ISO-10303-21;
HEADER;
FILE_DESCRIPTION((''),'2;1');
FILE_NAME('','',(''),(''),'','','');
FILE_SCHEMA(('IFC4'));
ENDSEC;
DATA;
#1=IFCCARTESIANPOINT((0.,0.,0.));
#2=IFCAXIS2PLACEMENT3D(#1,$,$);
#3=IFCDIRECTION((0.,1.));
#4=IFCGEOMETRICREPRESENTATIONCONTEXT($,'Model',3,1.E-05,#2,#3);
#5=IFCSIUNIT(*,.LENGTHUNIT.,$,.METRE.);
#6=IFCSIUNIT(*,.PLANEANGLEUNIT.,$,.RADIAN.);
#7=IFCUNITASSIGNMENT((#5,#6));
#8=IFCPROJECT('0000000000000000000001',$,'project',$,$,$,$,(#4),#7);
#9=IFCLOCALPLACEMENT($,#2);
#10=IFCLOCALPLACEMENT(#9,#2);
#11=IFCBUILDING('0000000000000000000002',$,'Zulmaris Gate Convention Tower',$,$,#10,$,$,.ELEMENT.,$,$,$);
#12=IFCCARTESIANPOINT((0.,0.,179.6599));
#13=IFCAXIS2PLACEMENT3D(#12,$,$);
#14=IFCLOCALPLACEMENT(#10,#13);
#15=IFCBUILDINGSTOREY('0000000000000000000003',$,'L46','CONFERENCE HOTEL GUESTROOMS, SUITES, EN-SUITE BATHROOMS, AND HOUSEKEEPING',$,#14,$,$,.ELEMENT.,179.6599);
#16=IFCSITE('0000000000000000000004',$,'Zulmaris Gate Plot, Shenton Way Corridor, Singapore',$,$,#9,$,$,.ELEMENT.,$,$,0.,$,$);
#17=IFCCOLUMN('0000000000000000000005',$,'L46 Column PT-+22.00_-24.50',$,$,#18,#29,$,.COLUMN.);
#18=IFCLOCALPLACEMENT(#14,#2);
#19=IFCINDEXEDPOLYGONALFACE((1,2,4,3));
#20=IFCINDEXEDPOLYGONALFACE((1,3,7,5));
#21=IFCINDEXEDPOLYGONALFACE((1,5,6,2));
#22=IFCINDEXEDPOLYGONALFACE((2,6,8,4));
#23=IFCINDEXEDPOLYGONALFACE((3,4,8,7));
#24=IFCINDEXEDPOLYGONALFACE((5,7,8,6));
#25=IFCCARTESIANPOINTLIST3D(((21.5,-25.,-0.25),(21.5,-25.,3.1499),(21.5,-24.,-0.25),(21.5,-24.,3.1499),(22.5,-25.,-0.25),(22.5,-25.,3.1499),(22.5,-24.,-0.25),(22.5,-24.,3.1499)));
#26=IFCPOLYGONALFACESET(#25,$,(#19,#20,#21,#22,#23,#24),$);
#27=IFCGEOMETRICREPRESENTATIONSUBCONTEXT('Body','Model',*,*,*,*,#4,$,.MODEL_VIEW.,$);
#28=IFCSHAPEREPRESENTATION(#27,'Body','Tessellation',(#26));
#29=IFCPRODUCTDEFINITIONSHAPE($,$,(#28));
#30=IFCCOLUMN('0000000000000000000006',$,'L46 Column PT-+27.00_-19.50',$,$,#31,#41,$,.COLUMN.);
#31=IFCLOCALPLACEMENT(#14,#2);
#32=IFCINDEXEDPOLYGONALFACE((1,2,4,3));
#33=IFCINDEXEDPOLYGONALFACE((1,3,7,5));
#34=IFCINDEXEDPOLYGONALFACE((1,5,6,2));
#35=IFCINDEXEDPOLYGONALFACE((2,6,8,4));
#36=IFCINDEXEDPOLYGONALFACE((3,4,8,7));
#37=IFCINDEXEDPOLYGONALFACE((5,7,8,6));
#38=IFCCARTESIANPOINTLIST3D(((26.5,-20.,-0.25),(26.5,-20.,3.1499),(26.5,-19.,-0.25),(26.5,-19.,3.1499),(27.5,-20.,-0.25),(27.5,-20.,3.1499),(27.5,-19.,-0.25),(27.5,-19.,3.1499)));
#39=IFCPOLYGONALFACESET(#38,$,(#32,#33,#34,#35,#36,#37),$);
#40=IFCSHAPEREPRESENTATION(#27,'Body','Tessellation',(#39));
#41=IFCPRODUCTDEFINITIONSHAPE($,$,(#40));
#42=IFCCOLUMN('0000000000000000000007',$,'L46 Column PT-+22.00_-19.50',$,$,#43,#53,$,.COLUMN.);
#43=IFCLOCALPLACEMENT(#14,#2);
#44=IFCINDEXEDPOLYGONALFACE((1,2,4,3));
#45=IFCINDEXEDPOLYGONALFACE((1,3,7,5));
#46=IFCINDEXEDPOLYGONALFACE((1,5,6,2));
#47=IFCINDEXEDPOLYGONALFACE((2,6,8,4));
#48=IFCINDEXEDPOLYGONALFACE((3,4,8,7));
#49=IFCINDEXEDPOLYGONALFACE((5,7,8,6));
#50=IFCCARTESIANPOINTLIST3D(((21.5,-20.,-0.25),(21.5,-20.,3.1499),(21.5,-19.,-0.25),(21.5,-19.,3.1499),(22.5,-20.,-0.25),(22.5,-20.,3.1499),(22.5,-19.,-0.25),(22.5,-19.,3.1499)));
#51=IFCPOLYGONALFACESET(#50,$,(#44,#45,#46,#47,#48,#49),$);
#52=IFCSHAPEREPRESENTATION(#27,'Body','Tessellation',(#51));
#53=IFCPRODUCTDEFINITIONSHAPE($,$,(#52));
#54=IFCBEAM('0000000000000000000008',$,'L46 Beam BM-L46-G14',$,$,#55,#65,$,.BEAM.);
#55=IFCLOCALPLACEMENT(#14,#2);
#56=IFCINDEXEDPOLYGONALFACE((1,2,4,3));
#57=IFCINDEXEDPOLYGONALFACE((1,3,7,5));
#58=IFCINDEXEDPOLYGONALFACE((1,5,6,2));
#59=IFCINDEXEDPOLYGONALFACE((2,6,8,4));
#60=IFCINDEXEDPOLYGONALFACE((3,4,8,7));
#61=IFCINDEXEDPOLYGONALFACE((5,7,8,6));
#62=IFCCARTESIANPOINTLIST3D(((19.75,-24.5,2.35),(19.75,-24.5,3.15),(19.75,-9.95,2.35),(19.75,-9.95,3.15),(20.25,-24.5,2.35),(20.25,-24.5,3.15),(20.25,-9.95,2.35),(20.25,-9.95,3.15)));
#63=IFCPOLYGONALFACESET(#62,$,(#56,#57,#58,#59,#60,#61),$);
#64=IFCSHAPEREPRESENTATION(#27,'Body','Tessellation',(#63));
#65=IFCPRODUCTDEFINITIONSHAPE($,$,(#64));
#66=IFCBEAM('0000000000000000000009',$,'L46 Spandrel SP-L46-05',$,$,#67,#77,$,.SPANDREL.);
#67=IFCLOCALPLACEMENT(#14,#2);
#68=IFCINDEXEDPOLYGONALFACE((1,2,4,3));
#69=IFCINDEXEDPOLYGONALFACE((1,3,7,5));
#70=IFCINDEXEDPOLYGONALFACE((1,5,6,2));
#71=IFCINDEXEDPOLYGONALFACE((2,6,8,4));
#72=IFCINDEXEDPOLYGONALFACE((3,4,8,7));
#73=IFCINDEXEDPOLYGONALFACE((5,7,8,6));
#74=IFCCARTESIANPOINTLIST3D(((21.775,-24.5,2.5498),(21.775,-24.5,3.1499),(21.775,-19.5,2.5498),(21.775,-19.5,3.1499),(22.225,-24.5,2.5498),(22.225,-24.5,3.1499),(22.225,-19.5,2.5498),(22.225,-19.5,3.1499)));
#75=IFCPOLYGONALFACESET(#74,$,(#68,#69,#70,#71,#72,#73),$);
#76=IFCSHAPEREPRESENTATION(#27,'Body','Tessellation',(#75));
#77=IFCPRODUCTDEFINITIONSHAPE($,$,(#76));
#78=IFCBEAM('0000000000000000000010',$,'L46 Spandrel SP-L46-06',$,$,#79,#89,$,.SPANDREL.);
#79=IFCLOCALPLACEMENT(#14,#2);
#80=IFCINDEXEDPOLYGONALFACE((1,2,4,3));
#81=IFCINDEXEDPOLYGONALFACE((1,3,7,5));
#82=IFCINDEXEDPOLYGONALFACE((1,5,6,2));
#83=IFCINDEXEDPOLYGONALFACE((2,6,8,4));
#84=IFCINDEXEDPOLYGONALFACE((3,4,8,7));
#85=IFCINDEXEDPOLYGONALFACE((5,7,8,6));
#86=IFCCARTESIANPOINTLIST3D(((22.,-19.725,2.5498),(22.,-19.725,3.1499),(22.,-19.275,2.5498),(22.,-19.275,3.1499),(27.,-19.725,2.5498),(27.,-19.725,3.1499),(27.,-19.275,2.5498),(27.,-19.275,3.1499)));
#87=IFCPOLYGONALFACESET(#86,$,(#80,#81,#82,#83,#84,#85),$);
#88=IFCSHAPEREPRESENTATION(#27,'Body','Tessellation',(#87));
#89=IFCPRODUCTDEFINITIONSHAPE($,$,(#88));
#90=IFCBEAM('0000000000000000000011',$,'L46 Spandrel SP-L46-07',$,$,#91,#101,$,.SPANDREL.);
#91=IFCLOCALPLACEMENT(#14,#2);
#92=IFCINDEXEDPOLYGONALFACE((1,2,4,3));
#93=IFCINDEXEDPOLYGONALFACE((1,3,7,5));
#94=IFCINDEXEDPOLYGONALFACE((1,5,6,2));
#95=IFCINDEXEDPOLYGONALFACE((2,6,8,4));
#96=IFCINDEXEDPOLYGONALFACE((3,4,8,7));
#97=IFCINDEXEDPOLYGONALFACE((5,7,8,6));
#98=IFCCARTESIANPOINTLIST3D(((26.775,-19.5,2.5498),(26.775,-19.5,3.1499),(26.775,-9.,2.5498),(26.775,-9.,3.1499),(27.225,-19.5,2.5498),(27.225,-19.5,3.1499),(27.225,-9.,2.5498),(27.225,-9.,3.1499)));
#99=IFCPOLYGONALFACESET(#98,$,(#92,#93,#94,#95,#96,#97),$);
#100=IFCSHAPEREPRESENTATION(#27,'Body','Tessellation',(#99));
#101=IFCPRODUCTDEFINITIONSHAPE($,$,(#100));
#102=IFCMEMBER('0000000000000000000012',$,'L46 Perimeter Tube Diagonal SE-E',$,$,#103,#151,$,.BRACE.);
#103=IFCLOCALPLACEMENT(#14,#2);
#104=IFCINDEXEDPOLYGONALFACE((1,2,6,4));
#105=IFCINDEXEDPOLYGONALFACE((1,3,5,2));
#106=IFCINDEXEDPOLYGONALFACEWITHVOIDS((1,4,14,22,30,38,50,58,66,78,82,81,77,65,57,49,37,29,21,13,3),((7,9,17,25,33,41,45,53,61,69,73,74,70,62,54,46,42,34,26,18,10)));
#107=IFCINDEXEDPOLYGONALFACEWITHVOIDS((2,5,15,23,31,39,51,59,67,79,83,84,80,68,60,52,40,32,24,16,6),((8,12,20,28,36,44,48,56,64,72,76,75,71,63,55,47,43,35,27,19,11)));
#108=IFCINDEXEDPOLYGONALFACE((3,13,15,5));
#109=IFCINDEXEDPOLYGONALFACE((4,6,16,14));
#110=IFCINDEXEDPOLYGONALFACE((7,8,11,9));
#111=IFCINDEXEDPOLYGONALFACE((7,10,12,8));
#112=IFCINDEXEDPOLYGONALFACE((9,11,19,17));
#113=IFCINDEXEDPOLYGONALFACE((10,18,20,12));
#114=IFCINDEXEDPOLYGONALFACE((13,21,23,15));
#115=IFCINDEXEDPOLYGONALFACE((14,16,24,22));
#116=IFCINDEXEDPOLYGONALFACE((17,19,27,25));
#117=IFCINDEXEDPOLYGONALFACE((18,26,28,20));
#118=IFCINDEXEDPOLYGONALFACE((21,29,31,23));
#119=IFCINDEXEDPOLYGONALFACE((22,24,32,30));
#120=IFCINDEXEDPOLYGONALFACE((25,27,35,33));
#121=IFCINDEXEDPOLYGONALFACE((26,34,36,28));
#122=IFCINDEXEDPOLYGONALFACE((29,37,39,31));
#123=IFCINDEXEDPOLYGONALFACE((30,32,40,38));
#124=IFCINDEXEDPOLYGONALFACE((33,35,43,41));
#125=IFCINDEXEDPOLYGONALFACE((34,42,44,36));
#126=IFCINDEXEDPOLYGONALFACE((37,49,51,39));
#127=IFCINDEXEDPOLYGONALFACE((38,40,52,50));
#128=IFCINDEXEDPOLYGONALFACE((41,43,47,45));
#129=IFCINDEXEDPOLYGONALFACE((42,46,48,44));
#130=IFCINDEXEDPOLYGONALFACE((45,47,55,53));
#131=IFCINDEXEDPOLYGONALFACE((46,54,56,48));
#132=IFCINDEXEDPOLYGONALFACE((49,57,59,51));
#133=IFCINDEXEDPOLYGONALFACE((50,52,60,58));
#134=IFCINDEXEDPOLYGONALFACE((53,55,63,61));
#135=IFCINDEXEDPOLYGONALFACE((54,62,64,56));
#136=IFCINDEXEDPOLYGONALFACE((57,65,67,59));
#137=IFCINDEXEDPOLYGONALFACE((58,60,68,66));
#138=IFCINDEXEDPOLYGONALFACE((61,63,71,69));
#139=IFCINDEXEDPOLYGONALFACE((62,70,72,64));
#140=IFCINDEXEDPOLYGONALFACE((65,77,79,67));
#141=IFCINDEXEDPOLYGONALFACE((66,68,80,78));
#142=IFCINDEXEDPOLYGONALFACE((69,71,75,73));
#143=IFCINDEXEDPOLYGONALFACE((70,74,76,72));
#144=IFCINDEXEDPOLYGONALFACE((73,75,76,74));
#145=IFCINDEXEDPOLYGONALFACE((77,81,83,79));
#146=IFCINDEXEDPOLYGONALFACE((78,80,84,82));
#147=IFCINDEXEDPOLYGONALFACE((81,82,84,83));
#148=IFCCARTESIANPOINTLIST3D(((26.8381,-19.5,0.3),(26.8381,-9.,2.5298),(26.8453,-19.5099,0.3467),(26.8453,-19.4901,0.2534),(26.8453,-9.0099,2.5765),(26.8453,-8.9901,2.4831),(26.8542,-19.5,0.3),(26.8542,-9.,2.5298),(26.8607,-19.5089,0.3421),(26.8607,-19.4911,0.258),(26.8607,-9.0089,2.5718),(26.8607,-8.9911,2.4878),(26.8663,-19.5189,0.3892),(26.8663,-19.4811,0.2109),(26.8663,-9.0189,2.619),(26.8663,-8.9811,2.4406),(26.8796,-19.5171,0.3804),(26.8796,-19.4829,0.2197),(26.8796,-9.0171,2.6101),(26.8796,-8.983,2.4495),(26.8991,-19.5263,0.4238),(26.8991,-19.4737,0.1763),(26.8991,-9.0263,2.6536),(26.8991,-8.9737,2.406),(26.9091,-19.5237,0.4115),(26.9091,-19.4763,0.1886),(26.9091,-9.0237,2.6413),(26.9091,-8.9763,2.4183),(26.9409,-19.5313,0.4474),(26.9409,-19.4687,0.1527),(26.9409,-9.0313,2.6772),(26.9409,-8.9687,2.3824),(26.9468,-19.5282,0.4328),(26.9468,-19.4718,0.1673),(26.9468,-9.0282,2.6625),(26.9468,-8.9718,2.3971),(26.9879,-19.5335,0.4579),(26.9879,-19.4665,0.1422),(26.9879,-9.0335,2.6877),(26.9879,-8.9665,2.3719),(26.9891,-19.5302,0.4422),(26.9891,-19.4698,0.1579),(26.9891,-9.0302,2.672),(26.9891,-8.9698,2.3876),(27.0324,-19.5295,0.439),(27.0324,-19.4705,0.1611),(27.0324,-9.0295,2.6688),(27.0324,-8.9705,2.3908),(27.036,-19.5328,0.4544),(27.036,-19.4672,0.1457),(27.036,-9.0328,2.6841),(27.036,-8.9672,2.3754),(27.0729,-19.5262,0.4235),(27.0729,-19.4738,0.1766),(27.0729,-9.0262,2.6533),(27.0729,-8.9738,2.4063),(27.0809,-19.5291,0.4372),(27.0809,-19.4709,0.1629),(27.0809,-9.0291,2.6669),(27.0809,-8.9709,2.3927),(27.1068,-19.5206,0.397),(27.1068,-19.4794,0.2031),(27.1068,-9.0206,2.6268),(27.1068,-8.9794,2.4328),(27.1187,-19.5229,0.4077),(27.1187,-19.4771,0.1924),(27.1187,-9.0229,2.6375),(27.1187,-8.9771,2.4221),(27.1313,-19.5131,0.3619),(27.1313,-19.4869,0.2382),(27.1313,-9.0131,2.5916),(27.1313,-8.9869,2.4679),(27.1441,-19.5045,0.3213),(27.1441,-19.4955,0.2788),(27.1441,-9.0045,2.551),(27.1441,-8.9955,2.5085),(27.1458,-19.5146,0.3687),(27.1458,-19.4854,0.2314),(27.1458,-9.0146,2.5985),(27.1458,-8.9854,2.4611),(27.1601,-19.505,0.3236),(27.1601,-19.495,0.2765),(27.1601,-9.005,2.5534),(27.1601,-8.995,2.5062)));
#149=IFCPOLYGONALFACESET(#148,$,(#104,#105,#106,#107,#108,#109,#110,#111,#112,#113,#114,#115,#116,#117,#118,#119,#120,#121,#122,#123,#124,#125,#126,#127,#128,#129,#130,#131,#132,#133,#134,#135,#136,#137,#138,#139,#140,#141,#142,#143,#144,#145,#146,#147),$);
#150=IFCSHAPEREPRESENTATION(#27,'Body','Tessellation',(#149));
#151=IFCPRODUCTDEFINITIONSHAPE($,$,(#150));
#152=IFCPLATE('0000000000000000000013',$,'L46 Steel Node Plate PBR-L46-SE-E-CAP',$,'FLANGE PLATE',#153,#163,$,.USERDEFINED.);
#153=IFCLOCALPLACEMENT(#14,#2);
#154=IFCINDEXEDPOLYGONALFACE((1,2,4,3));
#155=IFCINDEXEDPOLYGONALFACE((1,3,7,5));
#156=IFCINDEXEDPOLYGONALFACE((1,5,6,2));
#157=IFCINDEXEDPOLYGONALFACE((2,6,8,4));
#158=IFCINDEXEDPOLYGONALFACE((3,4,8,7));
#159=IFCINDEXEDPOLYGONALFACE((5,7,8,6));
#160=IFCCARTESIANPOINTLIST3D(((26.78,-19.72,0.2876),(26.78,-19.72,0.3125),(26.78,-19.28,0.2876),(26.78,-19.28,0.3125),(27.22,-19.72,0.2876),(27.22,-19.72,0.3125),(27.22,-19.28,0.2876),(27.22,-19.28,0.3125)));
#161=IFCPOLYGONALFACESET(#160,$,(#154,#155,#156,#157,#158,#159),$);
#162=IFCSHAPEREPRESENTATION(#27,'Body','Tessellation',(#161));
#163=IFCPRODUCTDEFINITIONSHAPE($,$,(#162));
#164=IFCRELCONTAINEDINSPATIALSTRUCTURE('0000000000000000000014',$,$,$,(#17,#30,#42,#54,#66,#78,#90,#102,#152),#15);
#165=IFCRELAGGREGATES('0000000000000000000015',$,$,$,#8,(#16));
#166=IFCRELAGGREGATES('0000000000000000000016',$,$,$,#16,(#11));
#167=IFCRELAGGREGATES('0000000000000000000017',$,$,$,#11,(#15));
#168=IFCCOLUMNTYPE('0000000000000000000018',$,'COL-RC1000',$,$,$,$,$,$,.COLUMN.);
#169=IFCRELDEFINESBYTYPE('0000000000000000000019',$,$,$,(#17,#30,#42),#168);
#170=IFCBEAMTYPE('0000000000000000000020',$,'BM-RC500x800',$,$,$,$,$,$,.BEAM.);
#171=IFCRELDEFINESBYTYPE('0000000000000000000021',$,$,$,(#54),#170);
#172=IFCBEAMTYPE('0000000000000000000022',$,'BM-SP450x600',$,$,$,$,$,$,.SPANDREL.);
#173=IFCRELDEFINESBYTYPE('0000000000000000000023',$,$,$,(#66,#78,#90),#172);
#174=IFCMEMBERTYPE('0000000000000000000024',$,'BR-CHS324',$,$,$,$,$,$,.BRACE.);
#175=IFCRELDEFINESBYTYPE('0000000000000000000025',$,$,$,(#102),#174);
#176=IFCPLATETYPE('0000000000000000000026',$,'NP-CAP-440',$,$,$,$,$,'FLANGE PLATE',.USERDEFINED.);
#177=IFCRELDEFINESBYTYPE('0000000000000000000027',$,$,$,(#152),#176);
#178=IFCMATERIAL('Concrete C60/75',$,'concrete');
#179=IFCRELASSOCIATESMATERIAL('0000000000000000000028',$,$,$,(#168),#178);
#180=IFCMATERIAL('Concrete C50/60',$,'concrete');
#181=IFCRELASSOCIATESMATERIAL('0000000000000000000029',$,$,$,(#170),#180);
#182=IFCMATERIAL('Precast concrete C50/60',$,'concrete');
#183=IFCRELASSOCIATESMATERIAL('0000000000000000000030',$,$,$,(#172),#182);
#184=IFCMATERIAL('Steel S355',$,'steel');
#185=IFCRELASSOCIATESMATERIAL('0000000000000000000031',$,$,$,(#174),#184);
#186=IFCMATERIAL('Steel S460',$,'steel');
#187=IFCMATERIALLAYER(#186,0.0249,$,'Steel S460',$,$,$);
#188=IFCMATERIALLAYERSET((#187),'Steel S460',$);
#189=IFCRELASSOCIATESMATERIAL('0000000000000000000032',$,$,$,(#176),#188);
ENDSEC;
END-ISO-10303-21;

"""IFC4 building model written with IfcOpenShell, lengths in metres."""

from ifc_helpers import new_model, si_unit, direction, frame, origin, origin_2d, place, context, subcontext, project, spatial, rectangle, hollow_circle, extrude, material, layer, layer_set, material_profile, profile_set, type_object, element, save


model = new_model("IFC4")

# Units and contexts
model_context = context("Model", 3, precision=1e-05, world=origin(), true_north=direction((0.0, 1.0)))
body_context = subcontext(model_context, "Body", "Model", "MODEL_VIEW")
ifc_project = project(units=[si_unit("LENGTHUNIT", "METRE"), si_unit("PLANEANGLEUNIT", "RADIAN")], contexts=[model_context])

# Site, building, storey
site_placement = place(None, origin())
site = spatial("IfcSite", under=ifc_project, at=site_placement, Name="Zulmaris Gate Plot, Shenton Way Corridor, Singapore", CompositionType="ELEMENT", RefElevation=0.0)
building_placement = place(site_placement, origin())
building = spatial("IfcBuilding", under=site, at=building_placement, Name="Zulmaris Gate Convention Tower", CompositionType="ELEMENT")
storey_placement = place(building_placement, frame((0.0, 0.0, 179.6599)))
storey = spatial("IfcBuildingStorey", under=building, at=storey_placement, Name="L46", Description="CONFERENCE HOTEL GUESTROOMS, SUITES, EN-SUITE BATHROOMS, AND HOUSEKEEPING", CompositionType="ELEMENT", Elevation=179.6599)

# Columns
ifc_material_1 = material(Name="Concrete C60/75", Category="concrete")
ifc_material_profile_1 = material_profile(ifc_material_1, rectangle(XDim=1.0, YDim=1.0, at=origin_2d()), Name="RC COL 1000x1000")
ifc_profile_set_1 = profile_set([ifc_material_profile_1], Name="Concrete C60/75")
column_type = type_object("IfcColumnType", Name="COL-RC1000", PredefinedType="COLUMN", material=ifc_profile_set_1)
for number, where, z_axis, x_axis, name in (
    (1, (22.0, -24.5, -0.25), (0.0, 0.0, 1.0), (1.0, 0.0, 0.0), "L46 Column PT-+22.00_-24.50"),
    (2, (27.0, -19.5, -0.25), (0.0, 0.0, 1.0), (1.0, 0.0, 0.0), "L46 Column PT-+27.00_-19.50"),
    (3, (22.0, -19.5, -0.25), (0.0, 0.0, 1.0), (1.0, 0.0, 0.0), "L46 Column PT-+22.00_-19.50"),
):
    element("IfcColumn", number, at=place(storey_placement, frame(where, z_axis=z_axis, x_axis=x_axis)), inside=storey, type_object=column_type, Name=name, PredefinedType="COLUMN", context=body_context, shape_type="SweptSolid", body=[
        extrude(rectangle(XDim=1.0, YDim=1.0, at=origin_2d()), origin(), (0.0, 0.0, 1.0), 3.3999),
    ])

# Beams
ifc_material_2 = material(Name="Concrete C50/60", Category="concrete")
ifc_material_profile_2 = material_profile(ifc_material_2, rectangle(XDim=0.5, YDim=0.8, at=origin_2d()), Name="RC BEAM 500x800")
ifc_profile_set_2 = profile_set([ifc_material_profile_2], Name="Concrete C50/60")
beam_type_1 = type_object("IfcBeamType", Name="BM-RC500x800", PredefinedType="BEAM", material=ifc_profile_set_2)
beam_1_placement = place(storey_placement, frame((20.0, -24.5, 2.75), z_axis=(0.0, 1.0, 0.0), x_axis=(-1.0, 0.0, 0.0)))
element("IfcBeam", 4, at=beam_1_placement, inside=storey, type_object=beam_type_1, Name="L46 Beam BM-L46-G14", PredefinedType="BEAM", context=body_context, shape_type="SweptSolid", body=[
    extrude(rectangle(XDim=0.5, YDim=0.8, at=origin_2d()), origin(), (0.0, 0.0, 1.0), 14.55),
])
ifc_material_3 = material(Name="Precast concrete C50/60", Category="concrete")
ifc_material_profile_3 = material_profile(ifc_material_3, rectangle(XDim=0.45, YDim=0.6001, at=origin_2d()), Name="RC SPANDREL 450x600")
ifc_profile_set_3 = profile_set([ifc_material_profile_3], Name="Precast concrete C50/60")
beam_type_2 = type_object("IfcBeamType", Name="BM-SP450x600", PredefinedType="SPANDREL", material=ifc_profile_set_3)
for number, where, z_axis, x_axis, name in (
    (5, (22.0, -24.5, 2.8499), (0.0, 1.0, 0.0), (-1.0, 0.0, 0.0), "L46 Spandrel SP-L46-05"),
    (6, (22.0, -19.5, 2.8499), (1.0, 0.0, 0.0), (0.0, 1.0, 0.0), "L46 Spandrel SP-L46-06"),
):
    element("IfcBeam", number, at=place(storey_placement, frame(where, z_axis=z_axis, x_axis=x_axis)), inside=storey, type_object=beam_type_2, Name=name, PredefinedType="SPANDREL", context=body_context, shape_type="SweptSolid", body=[
        extrude(rectangle(XDim=0.45, YDim=0.6001, at=origin_2d()), origin(), (0.0, 0.0, 1.0), 5.0),
    ])
beam_2_placement = place(storey_placement, frame((27.0, -19.5, 2.8499), z_axis=(0.0, 1.0, 0.0), x_axis=(-1.0, 0.0, 0.0)))
element("IfcBeam", 7, at=beam_2_placement, inside=storey, type_object=beam_type_2, Name="L46 Spandrel SP-L46-07", PredefinedType="SPANDREL", context=body_context, shape_type="SweptSolid", body=[
    extrude(rectangle(XDim=0.45, YDim=0.6001, at=origin_2d()), origin(), (0.0, 0.0, 1.0), 10.5),
])

# Member
ifc_material_4 = material(Name="Steel S355", Category="steel")
ifc_material_profile_4 = material_profile(ifc_material_4, hollow_circle(Radius=0.1619, WallThickness=0.0161, at=origin_2d()), Name="CHS 323.9x16")
ifc_profile_set_4 = profile_set([ifc_material_profile_4], Name="Steel S355")
member_type = type_object("IfcMemberType", Name="BR-CHS324", PredefinedType="BRACE", material=ifc_profile_set_4)
member_placement = place(storey_placement, frame((27.0, -19.5, 0.3), z_axis=(0.0, 0.978188, 0.207724), x_axis=(-1.0, 0.0, 0.0)))
element("IfcMember", 8, at=member_placement, inside=storey, type_object=member_type, Name="L46 Perimeter Tube Diagonal SE-E", PredefinedType="BRACE", context=body_context, shape_type="SweptSolid", body=[
    extrude(hollow_circle(Radius=0.1619, WallThickness=0.0161, at=origin_2d()), origin(), (0.0, 0.0, 1.0), 10.7341),
])

# Plate
ifc_material_5 = material(Name="Steel S460", Category="steel")
ifc_layer_1 = layer(ifc_material_5, 0.0249, Name="Steel S460")
ifc_layer_set_1 = layer_set([ifc_layer_1], Name="Steel S460")
plate_type = type_object("IfcPlateType", Name="NP-CAP-440", ElementType="FLANGE PLATE", PredefinedType="USERDEFINED", material=ifc_layer_set_1)
plate_placement = place(storey_placement, frame((27.0, -19.5, 0.2876), z_axis=(0.0, 0.0, 1.0), x_axis=(1.0, 0.0, 0.0)))
element("IfcPlate", 9, at=plate_placement, inside=storey, type_object=plate_type, Name="L46 Steel Node Plate PBR-L46-SE-E-CAP", ObjectType="FLANGE PLATE", PredefinedType="USERDEFINED", context=body_context, shape_type="SweptSolid", body=[
    extrude(rectangle(XDim=0.4399, YDim=0.4399, at=origin_2d()), origin(), (0.0, 0.0, 1.0), 0.0249),
])

save(model, "model.ifc")
